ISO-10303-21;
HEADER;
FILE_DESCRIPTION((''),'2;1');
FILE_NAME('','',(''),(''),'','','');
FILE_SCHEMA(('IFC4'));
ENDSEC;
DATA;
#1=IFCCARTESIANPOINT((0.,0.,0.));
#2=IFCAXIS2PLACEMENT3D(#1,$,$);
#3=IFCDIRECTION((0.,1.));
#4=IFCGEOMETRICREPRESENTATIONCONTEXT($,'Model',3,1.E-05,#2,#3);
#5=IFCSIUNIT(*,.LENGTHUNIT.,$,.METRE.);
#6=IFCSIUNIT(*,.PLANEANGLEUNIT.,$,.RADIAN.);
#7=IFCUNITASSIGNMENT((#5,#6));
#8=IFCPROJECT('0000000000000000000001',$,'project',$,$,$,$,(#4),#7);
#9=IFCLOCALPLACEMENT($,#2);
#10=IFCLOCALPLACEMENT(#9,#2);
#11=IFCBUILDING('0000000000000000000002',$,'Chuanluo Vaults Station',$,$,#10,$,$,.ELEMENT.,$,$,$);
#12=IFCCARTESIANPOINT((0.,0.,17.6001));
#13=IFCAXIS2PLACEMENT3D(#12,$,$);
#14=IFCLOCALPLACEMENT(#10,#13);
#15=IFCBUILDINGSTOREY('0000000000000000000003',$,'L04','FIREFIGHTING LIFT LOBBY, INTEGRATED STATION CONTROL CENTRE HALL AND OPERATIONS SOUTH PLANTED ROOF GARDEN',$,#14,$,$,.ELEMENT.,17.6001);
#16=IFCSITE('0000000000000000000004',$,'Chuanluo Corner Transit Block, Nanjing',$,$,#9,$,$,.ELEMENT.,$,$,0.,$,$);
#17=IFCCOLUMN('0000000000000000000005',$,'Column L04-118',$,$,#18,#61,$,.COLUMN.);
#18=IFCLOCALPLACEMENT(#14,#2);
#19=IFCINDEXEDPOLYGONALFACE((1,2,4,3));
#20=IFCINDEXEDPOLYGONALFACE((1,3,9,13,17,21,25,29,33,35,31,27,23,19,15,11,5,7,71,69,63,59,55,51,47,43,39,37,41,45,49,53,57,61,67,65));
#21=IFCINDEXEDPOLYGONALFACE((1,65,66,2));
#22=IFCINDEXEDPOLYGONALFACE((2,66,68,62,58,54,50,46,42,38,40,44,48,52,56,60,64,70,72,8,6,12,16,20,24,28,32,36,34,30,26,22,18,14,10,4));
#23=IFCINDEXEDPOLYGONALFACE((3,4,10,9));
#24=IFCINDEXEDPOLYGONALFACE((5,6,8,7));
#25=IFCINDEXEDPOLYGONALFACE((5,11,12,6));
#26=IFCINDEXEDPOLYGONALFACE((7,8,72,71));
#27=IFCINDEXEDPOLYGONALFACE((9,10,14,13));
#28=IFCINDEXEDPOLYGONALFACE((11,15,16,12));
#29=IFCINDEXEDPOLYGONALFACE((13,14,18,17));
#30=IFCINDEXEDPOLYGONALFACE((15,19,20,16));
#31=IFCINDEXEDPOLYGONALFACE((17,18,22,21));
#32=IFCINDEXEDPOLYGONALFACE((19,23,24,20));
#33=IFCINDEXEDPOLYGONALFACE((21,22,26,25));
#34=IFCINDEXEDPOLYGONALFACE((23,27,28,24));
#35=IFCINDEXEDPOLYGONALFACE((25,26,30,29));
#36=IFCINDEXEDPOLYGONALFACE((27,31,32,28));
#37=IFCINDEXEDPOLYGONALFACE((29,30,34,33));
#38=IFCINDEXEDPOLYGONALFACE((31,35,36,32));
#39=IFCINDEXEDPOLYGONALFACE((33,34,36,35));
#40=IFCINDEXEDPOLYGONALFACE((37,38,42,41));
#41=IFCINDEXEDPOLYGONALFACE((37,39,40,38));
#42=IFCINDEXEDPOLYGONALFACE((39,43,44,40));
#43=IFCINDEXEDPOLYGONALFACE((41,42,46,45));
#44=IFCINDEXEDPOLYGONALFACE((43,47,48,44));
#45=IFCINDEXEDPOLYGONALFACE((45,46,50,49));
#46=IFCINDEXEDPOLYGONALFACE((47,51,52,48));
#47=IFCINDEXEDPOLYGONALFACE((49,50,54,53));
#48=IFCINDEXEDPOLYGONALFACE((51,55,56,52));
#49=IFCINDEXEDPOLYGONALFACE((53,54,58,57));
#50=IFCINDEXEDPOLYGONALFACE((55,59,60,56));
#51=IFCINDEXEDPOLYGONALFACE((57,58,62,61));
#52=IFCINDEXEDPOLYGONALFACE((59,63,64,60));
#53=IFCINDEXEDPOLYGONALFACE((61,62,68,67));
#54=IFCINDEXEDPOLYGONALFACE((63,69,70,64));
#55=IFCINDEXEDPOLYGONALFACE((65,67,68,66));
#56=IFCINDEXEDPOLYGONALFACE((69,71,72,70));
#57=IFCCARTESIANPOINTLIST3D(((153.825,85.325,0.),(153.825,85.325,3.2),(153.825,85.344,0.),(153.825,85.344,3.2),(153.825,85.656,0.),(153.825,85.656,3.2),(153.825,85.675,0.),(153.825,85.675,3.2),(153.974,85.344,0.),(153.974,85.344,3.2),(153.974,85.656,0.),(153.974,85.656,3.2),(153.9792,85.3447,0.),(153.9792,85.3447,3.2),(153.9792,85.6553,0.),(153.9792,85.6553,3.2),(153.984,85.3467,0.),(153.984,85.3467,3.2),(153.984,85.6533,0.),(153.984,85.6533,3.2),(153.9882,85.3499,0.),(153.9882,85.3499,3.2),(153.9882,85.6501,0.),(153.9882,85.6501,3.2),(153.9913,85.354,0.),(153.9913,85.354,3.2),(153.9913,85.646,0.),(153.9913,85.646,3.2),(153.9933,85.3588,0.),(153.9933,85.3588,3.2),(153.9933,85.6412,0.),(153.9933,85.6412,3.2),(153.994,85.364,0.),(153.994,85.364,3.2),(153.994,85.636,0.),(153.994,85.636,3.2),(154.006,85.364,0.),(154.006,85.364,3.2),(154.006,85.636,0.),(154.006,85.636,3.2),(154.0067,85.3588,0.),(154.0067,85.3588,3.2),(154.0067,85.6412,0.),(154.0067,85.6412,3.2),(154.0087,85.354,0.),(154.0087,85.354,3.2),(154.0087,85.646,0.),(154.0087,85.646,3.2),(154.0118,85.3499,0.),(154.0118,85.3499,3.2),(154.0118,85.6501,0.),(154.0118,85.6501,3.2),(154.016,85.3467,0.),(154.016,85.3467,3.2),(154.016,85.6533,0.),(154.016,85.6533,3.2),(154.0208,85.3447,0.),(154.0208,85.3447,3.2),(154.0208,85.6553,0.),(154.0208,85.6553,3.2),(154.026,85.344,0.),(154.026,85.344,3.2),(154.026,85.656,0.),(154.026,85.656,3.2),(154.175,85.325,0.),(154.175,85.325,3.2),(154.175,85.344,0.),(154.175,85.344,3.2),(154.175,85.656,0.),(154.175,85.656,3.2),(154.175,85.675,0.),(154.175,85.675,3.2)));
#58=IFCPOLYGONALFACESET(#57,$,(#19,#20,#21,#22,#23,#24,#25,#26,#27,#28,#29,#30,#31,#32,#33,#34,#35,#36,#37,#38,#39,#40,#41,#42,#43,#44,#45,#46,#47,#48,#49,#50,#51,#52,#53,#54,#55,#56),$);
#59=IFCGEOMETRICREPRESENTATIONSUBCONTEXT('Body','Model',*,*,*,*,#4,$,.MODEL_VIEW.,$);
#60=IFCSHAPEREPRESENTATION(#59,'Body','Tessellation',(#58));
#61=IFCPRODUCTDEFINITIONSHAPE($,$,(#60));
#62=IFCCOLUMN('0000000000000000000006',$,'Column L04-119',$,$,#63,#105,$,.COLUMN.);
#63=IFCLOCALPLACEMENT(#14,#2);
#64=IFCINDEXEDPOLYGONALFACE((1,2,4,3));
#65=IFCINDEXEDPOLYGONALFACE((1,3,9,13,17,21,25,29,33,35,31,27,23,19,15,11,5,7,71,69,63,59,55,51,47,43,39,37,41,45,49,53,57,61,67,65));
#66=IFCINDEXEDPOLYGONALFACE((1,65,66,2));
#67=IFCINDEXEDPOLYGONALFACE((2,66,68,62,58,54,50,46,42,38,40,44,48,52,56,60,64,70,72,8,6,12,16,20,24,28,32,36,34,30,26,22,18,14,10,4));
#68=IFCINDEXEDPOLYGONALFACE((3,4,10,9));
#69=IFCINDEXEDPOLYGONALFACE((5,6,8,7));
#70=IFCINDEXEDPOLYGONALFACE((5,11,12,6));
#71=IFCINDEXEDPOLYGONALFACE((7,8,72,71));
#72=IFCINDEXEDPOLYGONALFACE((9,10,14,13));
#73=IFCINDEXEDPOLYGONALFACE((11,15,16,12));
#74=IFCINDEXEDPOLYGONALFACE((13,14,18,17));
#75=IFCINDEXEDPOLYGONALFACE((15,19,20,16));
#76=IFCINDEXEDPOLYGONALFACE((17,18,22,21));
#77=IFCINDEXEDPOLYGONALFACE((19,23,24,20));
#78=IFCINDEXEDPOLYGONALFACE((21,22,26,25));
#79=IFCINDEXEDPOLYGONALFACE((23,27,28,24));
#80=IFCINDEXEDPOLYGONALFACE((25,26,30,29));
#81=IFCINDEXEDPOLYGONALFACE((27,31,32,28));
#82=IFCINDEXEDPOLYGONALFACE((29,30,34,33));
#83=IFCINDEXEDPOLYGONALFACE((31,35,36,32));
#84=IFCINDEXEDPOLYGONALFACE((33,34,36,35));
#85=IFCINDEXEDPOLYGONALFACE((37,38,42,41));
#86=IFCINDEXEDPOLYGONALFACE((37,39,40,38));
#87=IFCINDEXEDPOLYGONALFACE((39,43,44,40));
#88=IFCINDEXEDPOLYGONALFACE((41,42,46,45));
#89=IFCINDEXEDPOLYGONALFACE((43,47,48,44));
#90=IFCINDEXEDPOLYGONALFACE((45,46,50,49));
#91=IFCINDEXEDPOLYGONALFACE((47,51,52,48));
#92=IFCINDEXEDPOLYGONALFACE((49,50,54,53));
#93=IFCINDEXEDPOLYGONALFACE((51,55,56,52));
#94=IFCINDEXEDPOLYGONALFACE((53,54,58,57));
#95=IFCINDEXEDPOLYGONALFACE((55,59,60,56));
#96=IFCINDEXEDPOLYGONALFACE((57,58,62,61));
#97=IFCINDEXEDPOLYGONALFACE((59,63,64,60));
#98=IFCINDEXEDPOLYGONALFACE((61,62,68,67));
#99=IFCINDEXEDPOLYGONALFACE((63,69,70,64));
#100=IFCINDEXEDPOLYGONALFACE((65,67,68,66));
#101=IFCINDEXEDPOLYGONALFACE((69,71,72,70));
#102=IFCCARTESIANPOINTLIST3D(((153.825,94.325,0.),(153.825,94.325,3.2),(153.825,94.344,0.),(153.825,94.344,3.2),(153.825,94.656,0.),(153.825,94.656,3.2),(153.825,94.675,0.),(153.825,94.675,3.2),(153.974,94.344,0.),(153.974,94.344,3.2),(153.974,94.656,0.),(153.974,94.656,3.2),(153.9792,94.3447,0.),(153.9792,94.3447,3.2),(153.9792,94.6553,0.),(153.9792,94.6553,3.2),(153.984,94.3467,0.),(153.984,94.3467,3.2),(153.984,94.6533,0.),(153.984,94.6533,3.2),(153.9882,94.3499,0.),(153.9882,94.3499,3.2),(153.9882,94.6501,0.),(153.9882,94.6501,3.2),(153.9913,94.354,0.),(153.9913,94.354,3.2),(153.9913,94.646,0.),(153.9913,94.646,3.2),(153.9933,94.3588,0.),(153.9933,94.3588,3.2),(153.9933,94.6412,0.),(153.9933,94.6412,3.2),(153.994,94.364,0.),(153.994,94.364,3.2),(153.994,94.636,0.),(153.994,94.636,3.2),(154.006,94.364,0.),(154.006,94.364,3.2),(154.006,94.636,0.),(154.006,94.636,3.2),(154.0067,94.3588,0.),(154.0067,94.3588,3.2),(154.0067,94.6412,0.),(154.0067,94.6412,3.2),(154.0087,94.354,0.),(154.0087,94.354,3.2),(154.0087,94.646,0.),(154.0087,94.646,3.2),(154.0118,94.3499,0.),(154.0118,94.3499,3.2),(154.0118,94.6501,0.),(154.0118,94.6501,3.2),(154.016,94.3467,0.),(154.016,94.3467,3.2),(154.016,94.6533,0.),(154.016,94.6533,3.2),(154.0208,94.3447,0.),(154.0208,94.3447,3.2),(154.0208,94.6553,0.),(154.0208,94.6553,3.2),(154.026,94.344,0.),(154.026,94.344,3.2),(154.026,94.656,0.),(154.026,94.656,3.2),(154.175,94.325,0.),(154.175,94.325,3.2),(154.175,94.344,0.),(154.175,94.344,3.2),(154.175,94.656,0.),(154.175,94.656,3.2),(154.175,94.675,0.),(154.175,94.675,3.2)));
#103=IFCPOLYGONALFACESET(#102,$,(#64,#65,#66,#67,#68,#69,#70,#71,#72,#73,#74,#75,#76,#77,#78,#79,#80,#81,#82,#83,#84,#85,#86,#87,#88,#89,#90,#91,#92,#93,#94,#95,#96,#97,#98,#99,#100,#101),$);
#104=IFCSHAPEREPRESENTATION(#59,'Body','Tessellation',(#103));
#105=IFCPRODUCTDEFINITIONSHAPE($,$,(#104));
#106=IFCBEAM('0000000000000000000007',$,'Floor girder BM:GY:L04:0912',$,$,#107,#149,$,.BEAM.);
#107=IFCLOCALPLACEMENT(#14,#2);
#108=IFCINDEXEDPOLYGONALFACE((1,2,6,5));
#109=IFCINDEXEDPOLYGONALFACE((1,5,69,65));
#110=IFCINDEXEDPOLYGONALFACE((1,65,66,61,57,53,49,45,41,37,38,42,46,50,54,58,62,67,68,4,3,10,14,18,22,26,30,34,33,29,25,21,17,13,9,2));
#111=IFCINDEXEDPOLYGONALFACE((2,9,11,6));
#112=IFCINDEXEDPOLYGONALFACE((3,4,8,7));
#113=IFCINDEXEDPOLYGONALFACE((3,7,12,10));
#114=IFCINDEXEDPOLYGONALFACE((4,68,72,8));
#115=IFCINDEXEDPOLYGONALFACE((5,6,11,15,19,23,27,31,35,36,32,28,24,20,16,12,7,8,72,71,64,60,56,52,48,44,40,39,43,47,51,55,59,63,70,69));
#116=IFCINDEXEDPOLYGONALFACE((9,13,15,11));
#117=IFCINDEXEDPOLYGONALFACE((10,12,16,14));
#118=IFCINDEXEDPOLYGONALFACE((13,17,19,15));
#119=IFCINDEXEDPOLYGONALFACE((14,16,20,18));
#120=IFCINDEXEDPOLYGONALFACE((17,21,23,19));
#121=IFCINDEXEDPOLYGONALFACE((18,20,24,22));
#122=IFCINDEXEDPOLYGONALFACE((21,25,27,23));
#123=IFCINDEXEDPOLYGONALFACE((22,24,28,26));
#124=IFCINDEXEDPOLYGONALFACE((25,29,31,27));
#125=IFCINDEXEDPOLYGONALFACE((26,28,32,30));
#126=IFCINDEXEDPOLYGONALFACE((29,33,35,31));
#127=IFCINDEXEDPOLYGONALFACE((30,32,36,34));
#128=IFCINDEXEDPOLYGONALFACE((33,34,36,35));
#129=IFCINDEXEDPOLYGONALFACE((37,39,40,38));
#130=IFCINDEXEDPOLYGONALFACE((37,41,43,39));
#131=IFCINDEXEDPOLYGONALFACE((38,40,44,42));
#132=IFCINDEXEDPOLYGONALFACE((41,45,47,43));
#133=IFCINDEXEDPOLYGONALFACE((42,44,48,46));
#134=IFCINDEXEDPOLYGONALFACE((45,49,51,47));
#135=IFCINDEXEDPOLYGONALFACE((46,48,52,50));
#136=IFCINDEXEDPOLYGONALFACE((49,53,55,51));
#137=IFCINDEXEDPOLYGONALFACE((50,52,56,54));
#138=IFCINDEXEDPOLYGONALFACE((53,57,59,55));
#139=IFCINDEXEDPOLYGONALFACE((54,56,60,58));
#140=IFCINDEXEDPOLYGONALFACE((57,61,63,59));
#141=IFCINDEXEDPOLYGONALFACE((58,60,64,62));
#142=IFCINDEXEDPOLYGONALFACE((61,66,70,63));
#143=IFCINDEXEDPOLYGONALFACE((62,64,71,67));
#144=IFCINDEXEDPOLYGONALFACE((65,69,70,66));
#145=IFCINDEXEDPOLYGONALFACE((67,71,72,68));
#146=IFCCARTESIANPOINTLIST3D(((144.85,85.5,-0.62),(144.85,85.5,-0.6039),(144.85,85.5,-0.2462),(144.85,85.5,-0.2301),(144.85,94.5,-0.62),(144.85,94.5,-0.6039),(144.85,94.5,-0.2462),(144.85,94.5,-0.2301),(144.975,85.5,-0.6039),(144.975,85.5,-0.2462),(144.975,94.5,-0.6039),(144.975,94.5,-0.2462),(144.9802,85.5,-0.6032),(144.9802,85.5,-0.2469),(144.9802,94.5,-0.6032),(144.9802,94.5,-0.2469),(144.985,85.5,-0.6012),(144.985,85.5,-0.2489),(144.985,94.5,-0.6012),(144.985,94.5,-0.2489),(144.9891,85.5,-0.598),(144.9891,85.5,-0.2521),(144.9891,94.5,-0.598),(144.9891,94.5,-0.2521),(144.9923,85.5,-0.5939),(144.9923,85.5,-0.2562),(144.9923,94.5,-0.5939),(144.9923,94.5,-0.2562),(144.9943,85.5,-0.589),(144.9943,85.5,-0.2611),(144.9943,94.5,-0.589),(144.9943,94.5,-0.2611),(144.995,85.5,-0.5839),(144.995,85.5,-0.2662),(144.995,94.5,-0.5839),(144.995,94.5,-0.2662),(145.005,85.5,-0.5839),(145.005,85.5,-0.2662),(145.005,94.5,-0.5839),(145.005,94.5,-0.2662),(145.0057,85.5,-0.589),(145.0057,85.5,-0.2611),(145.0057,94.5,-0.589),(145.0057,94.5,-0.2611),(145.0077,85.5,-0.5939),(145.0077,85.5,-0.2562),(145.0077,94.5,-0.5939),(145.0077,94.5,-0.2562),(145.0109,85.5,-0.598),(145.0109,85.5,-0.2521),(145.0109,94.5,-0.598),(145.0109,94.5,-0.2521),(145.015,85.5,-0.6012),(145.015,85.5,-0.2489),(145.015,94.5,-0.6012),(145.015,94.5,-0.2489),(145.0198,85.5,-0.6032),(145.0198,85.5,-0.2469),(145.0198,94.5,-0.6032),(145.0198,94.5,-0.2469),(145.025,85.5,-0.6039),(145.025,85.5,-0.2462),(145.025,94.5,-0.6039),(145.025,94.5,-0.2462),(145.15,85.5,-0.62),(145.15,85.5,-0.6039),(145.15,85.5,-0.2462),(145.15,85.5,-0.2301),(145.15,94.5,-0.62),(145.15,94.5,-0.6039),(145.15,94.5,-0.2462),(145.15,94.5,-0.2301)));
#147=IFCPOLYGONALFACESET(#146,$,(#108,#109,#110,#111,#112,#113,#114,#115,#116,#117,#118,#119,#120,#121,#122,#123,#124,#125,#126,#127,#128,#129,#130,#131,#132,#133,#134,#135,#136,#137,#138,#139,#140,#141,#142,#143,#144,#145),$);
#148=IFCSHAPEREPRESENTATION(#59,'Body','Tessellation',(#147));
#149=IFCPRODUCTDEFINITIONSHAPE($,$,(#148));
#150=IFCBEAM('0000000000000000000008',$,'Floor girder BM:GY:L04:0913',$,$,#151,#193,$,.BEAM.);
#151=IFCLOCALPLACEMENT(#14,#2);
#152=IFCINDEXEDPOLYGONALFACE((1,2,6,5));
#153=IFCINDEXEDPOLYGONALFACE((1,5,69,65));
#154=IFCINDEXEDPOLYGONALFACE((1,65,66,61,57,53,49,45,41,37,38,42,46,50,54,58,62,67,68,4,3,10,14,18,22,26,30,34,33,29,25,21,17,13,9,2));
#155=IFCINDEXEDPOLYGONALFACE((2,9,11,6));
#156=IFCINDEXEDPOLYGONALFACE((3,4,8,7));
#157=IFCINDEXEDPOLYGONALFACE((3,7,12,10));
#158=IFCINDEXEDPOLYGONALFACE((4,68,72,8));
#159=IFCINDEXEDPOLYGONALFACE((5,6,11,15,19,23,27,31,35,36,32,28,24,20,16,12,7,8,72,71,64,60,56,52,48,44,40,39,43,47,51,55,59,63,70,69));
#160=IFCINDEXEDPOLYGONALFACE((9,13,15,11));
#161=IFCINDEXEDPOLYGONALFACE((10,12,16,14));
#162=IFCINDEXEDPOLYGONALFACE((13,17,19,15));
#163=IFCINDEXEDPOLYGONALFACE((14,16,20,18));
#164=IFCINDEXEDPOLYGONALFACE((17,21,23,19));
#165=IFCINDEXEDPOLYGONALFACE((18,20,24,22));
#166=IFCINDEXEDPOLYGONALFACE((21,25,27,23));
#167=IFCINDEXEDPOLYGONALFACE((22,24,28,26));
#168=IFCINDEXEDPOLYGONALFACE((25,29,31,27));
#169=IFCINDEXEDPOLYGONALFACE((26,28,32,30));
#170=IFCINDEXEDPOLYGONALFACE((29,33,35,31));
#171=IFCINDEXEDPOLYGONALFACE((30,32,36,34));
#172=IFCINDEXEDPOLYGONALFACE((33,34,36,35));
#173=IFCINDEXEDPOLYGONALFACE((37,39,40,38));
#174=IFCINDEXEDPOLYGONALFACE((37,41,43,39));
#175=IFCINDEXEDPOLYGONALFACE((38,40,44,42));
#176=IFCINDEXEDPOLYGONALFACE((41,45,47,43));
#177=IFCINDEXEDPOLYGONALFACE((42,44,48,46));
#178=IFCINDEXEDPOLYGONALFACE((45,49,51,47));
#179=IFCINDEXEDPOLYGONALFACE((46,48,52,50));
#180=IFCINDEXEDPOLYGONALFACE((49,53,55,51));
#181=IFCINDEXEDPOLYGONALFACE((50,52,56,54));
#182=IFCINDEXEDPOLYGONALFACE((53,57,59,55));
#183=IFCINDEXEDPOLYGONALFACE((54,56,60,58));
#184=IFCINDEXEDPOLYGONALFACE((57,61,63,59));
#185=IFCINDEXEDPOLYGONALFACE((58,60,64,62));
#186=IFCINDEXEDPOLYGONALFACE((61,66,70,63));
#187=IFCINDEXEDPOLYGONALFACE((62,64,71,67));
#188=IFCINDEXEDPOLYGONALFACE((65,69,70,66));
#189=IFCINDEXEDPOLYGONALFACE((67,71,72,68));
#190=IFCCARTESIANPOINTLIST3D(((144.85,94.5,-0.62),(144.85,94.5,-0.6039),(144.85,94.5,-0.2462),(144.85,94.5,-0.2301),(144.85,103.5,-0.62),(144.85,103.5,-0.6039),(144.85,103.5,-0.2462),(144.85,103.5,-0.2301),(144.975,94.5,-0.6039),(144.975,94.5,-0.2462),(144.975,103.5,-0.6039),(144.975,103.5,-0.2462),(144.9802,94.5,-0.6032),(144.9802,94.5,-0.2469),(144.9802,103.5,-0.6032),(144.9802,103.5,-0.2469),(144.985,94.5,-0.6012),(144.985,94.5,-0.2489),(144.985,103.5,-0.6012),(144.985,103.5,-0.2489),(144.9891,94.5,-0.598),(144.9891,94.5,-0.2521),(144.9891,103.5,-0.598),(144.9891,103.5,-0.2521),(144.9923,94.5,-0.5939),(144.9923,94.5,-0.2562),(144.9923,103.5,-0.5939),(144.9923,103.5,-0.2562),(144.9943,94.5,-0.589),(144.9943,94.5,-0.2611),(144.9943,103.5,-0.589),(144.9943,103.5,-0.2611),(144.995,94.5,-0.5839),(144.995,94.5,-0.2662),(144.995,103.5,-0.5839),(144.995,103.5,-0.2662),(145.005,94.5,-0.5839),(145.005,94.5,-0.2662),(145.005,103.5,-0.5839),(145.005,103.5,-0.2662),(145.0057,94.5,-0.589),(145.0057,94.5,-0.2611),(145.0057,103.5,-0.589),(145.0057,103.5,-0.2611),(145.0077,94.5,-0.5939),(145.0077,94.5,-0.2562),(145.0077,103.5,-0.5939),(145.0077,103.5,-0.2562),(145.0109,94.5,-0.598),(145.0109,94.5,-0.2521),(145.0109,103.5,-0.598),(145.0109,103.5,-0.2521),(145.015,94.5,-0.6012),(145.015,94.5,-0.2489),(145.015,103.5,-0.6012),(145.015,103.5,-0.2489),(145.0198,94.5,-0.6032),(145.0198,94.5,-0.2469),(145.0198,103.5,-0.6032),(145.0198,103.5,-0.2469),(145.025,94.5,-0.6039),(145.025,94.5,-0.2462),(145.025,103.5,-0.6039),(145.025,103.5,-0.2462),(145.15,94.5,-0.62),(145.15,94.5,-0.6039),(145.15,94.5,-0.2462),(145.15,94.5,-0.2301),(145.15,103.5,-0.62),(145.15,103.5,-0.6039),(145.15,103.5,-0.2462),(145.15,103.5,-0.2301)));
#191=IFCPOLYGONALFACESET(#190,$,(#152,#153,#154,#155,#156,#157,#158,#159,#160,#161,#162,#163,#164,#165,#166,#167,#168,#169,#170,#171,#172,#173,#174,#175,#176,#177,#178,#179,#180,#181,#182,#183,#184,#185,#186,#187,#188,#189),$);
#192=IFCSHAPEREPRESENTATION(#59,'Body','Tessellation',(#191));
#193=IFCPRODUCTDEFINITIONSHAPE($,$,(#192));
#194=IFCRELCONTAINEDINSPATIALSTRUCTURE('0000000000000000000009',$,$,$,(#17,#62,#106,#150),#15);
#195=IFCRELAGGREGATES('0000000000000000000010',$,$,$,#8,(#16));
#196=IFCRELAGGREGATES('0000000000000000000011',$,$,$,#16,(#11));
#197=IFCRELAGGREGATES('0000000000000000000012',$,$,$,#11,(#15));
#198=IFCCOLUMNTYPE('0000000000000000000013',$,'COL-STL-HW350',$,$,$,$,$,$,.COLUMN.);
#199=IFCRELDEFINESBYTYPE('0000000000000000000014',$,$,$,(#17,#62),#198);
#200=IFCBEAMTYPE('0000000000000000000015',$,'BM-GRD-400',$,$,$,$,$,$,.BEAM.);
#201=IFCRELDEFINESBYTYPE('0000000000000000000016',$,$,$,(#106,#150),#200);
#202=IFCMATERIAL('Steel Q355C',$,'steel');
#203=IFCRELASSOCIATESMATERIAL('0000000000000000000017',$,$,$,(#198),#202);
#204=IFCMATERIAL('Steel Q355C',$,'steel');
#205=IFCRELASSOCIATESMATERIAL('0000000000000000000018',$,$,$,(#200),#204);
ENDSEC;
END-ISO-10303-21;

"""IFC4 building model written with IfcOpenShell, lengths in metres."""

from ifc_helpers import new_model, si_unit, direction, frame, origin, origin_2d, place, context, subcontext, project, spatial, i_section, extrude, material, material_profile, profile_set, type_object, element, save


model = new_model("IFC4")

# Units and contexts
model_context = context("Model", 3, precision=1e-05, world=origin(), true_north=direction((0.0, 1.0)))
body_context = subcontext(model_context, "Body", "Model", "MODEL_VIEW")
ifc_project = project(units=[si_unit("LENGTHUNIT", "METRE"), si_unit("PLANEANGLEUNIT", "RADIAN")], contexts=[model_context])

# Site, building, storey
site_placement = place(None, origin())
site = spatial("IfcSite", under=ifc_project, at=site_placement, Name="Chuanluo Corner Transit Block, Nanjing", CompositionType="ELEMENT", RefElevation=0.0)
building_placement = place(site_placement, origin())
building = spatial("IfcBuilding", under=site, at=building_placement, Name="Chuanluo Vaults Station", CompositionType="ELEMENT")
storey_placement = place(building_placement, frame((0.0, 0.0, 17.6001)))
storey = spatial("IfcBuildingStorey", under=building, at=storey_placement, Name="L04", Description="FIREFIGHTING LIFT LOBBY, INTEGRATED STATION CONTROL CENTRE HALL AND OPERATIONS SOUTH PLANTED ROOF GARDEN", CompositionType="ELEMENT", Elevation=17.6001)

# Columns
ifc_material_1 = material(Name="Steel Q355C", Category="steel")
ifc_material_profile_1 = material_profile(ifc_material_1, i_section(OverallWidth=0.3501, OverallDepth=0.3501, WebThickness=0.012, FlangeThickness=0.019, FilletRadius=0.02, at=origin_2d()))
ifc_profile_set_1 = profile_set([ifc_material_profile_1], Name="Steel Q355C")
column_type = type_object("IfcColumnType", Name="COL-STL-HW350", PredefinedType="COLUMN", material=ifc_profile_set_1)
for number, where, z_axis, x_axis, name in (
    (1, (154.0, 85.5, 0.0), (0.0, 0.0, 1.0), (1.0, 0.0, 0.0), "Column L04-118"),
    (2, (154.0, 94.5, 0.0), (0.0, 0.0, 1.0), (1.0, 0.0, 0.0), "Column L04-119"),
):
    element("IfcColumn", number, at=place(storey_placement, frame(where, z_axis=z_axis, x_axis=x_axis)), inside=storey, type_object=column_type, Name=name, PredefinedType="COLUMN", context=body_context, shape_type="SweptSolid", body=[
        extrude(i_section(OverallWidth=0.3501, OverallDepth=0.3501, WebThickness=0.012, FlangeThickness=0.019, FilletRadius=0.02, at=origin_2d()), origin(), (0.0, 0.0, 1.0), 3.2),
    ])

# Beams
ifc_material_2 = material(Name="Steel Q355C", Category="steel")
ifc_material_profile_2 = material_profile(ifc_material_2, i_section(OverallWidth=0.3, OverallDepth=0.3899, WebThickness=0.01, FlangeThickness=0.0161, FilletRadius=0.02, at=origin_2d()))
ifc_profile_set_2 = profile_set([ifc_material_profile_2], Name="Steel Q355C")
beam_type_1 = type_object("IfcBeamType", Name="BM-GRD-400", PredefinedType="BEAM", material=ifc_profile_set_2)
for number, where, z_axis, x_axis, name in (
    (3, (145.0, 85.5, -0.425), (0.0, 1.0, 0.0), (-1.0, 0.0, 0.0), "Floor girder BM:GY:L04:0912"),
    (4, (145.0, 94.5, -0.425), (0.0, 1.0, 0.0), (-1.0, 0.0, 0.0), "Floor girder BM:GY:L04:0913"),
):
    element("IfcBeam", number, at=place(storey_placement, frame(where, z_axis=z_axis, x_axis=x_axis)), inside=storey, type_object=beam_type_1, Name=name, PredefinedType="BEAM", context=body_context, shape_type="SweptSolid", body=[
        extrude(i_section(OverallWidth=0.3, OverallDepth=0.3899, WebThickness=0.01, FlangeThickness=0.0161, FilletRadius=0.02, at=origin_2d()), origin(), (0.0, 0.0, 1.0), 9.0),
    ])

save(model, "model.ifc")
